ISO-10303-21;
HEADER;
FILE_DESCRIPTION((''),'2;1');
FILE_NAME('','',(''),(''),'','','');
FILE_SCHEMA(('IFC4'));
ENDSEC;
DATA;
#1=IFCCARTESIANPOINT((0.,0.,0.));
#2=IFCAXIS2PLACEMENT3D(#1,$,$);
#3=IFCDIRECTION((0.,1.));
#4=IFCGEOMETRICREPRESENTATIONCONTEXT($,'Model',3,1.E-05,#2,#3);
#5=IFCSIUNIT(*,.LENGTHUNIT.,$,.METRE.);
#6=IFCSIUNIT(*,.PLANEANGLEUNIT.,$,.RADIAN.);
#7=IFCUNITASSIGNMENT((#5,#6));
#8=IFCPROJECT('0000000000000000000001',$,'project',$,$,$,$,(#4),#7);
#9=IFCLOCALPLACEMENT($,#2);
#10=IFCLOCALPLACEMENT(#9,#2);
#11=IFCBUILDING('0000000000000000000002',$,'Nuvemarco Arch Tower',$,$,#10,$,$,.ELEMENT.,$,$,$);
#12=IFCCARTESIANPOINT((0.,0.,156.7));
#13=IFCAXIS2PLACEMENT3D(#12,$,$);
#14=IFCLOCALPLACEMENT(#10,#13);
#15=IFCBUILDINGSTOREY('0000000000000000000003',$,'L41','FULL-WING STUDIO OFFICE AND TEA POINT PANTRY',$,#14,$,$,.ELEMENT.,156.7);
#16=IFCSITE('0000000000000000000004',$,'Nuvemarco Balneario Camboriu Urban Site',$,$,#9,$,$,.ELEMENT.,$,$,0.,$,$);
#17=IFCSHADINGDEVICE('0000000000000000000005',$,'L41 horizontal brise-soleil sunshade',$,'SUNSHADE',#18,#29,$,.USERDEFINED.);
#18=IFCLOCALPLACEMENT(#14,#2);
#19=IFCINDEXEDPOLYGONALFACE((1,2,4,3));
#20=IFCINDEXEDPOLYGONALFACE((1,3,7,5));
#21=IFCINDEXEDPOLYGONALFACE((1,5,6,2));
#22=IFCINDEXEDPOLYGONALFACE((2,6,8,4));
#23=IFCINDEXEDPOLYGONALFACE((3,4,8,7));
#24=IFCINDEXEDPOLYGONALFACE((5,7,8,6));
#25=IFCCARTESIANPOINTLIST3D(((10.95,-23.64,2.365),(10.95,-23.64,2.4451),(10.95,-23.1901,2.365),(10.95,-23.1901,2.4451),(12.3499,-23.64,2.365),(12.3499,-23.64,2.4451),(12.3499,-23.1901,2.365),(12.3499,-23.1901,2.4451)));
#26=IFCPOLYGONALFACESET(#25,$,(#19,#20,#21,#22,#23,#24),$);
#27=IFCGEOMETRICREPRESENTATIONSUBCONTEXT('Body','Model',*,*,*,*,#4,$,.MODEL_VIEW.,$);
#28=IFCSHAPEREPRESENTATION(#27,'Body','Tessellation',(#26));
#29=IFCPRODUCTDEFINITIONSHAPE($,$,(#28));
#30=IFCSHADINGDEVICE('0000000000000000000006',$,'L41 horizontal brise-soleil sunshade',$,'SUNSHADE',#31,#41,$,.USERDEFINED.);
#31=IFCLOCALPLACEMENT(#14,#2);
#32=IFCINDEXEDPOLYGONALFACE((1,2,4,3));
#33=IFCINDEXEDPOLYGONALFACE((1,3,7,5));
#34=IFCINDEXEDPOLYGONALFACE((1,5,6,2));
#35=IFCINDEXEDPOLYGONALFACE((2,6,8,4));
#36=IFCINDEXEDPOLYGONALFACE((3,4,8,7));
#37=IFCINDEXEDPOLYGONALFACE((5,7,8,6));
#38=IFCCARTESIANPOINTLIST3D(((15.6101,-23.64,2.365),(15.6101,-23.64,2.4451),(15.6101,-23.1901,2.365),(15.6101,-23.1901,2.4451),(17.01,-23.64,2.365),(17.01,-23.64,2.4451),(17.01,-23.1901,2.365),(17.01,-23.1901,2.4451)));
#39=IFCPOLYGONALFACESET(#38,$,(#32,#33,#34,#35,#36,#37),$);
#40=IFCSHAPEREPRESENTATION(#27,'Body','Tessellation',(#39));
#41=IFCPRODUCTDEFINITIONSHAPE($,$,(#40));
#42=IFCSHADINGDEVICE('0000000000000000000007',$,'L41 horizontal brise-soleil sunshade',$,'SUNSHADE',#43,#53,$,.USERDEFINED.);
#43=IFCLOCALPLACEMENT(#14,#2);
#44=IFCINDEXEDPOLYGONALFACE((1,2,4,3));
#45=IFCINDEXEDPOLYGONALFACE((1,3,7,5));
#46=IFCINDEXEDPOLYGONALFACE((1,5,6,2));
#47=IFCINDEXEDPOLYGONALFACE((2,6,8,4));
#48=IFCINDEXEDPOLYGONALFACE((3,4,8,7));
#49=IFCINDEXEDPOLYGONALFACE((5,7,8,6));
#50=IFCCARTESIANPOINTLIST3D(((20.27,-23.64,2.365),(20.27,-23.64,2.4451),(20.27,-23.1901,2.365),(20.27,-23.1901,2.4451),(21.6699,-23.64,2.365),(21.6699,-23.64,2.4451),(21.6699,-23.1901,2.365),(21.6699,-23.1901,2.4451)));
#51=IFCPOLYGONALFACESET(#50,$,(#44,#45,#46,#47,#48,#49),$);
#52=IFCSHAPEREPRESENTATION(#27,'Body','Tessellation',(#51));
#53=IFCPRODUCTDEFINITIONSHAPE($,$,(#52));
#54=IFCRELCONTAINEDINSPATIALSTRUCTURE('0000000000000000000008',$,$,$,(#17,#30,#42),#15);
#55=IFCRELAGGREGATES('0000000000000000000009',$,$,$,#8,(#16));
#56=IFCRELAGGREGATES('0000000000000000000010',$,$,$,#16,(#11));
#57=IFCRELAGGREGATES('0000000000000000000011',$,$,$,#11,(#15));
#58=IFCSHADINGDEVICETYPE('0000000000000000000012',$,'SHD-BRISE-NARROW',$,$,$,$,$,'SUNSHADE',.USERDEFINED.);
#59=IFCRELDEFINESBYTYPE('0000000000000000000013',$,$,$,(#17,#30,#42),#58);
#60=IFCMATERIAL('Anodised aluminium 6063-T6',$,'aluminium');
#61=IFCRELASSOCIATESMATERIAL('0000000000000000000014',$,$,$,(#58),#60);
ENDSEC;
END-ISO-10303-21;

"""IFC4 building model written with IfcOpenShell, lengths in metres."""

from ifc_helpers import new_model, si_unit, direction, frame, origin, origin_2d, place, context, subcontext, project, spatial, rectangle, extrude, source, transform, mapped, material, type_object, type_shapes, element, save


model = new_model("IFC4")

# Units and contexts
model_context = context("Model", 3, precision=1e-05, world=origin(), true_north=direction((0.0, 1.0)))
body_context = subcontext(model_context, "Body", "Model", "MODEL_VIEW")
ifc_project = project(units=[si_unit("LENGTHUNIT", "METRE"), si_unit("PLANEANGLEUNIT", "RADIAN")], contexts=[model_context])

# Site, building, storey
site_placement = place(None, origin())
site = spatial("IfcSite", under=ifc_project, at=site_placement, Name="Nuvemarco Balneario Camboriu Urban Site", CompositionType="ELEMENT", RefElevation=0.0)
building_placement = place(site_placement, origin())
building = spatial("IfcBuilding", under=site, at=building_placement, Name="Nuvemarco Arch Tower", CompositionType="ELEMENT")
storey_placement = place(building_placement, frame((0.0, 0.0, 156.7)))
storey = spatial("IfcBuildingStorey", under=building, at=storey_placement, Name="L41", Description="FULL-WING STUDIO OFFICE AND TEA POINT PANTRY", CompositionType="ELEMENT", Elevation=156.7)

# Shading devices
ifc_material_1 = material(Name="Anodised aluminium 6063-T6", Category="aluminium")
shading_device_type_1 = type_object("IfcShadingDeviceType", Name="SHD-BRISE-NARROW", ElementType="SUNSHADE", PredefinedType="USERDEFINED", material=ifc_material_1)
shared_shape_1 = source(origin(), body_context, "Body", "SweptSolid", [
    extrude(rectangle(XDim=1.3999, YDim=0.45, at=origin_2d()), origin(), (0.0, 0.0, 1.0), 0.0801),
])
type_shapes(shading_device_type_1, [shared_shape_1])
for number, where, z_axis, x_axis, name in (
    (1, (11.6499, -23.415, 2.365), (0.0, 0.0, 1.0), (1.0, 0.0, 0.0), "L41 horizontal brise-soleil sunshade"),
    (2, (16.3101, -23.415, 2.365), (0.0, 0.0, 1.0), (1.0, 0.0, 0.0), "L41 horizontal brise-soleil sunshade"),
    (3, (20.97, -23.415, 2.365), (0.0, 0.0, 1.0), (1.0, 0.0, 0.0), "L41 horizontal brise-soleil sunshade"),
):
    element("IfcShadingDevice", number, at=place(storey_placement, frame(where, z_axis=z_axis, x_axis=x_axis)), inside=storey, type_object=shading_device_type_1, Name=name, ObjectType="SUNSHADE", PredefinedType="USERDEFINED", context=body_context, shape_type="MappedRepresentation", body=[
        mapped(shared_shape_1, transform((0.0, 0.0, 0.0), scale=1.0)),
    ])

save(model, "model.ifc")
